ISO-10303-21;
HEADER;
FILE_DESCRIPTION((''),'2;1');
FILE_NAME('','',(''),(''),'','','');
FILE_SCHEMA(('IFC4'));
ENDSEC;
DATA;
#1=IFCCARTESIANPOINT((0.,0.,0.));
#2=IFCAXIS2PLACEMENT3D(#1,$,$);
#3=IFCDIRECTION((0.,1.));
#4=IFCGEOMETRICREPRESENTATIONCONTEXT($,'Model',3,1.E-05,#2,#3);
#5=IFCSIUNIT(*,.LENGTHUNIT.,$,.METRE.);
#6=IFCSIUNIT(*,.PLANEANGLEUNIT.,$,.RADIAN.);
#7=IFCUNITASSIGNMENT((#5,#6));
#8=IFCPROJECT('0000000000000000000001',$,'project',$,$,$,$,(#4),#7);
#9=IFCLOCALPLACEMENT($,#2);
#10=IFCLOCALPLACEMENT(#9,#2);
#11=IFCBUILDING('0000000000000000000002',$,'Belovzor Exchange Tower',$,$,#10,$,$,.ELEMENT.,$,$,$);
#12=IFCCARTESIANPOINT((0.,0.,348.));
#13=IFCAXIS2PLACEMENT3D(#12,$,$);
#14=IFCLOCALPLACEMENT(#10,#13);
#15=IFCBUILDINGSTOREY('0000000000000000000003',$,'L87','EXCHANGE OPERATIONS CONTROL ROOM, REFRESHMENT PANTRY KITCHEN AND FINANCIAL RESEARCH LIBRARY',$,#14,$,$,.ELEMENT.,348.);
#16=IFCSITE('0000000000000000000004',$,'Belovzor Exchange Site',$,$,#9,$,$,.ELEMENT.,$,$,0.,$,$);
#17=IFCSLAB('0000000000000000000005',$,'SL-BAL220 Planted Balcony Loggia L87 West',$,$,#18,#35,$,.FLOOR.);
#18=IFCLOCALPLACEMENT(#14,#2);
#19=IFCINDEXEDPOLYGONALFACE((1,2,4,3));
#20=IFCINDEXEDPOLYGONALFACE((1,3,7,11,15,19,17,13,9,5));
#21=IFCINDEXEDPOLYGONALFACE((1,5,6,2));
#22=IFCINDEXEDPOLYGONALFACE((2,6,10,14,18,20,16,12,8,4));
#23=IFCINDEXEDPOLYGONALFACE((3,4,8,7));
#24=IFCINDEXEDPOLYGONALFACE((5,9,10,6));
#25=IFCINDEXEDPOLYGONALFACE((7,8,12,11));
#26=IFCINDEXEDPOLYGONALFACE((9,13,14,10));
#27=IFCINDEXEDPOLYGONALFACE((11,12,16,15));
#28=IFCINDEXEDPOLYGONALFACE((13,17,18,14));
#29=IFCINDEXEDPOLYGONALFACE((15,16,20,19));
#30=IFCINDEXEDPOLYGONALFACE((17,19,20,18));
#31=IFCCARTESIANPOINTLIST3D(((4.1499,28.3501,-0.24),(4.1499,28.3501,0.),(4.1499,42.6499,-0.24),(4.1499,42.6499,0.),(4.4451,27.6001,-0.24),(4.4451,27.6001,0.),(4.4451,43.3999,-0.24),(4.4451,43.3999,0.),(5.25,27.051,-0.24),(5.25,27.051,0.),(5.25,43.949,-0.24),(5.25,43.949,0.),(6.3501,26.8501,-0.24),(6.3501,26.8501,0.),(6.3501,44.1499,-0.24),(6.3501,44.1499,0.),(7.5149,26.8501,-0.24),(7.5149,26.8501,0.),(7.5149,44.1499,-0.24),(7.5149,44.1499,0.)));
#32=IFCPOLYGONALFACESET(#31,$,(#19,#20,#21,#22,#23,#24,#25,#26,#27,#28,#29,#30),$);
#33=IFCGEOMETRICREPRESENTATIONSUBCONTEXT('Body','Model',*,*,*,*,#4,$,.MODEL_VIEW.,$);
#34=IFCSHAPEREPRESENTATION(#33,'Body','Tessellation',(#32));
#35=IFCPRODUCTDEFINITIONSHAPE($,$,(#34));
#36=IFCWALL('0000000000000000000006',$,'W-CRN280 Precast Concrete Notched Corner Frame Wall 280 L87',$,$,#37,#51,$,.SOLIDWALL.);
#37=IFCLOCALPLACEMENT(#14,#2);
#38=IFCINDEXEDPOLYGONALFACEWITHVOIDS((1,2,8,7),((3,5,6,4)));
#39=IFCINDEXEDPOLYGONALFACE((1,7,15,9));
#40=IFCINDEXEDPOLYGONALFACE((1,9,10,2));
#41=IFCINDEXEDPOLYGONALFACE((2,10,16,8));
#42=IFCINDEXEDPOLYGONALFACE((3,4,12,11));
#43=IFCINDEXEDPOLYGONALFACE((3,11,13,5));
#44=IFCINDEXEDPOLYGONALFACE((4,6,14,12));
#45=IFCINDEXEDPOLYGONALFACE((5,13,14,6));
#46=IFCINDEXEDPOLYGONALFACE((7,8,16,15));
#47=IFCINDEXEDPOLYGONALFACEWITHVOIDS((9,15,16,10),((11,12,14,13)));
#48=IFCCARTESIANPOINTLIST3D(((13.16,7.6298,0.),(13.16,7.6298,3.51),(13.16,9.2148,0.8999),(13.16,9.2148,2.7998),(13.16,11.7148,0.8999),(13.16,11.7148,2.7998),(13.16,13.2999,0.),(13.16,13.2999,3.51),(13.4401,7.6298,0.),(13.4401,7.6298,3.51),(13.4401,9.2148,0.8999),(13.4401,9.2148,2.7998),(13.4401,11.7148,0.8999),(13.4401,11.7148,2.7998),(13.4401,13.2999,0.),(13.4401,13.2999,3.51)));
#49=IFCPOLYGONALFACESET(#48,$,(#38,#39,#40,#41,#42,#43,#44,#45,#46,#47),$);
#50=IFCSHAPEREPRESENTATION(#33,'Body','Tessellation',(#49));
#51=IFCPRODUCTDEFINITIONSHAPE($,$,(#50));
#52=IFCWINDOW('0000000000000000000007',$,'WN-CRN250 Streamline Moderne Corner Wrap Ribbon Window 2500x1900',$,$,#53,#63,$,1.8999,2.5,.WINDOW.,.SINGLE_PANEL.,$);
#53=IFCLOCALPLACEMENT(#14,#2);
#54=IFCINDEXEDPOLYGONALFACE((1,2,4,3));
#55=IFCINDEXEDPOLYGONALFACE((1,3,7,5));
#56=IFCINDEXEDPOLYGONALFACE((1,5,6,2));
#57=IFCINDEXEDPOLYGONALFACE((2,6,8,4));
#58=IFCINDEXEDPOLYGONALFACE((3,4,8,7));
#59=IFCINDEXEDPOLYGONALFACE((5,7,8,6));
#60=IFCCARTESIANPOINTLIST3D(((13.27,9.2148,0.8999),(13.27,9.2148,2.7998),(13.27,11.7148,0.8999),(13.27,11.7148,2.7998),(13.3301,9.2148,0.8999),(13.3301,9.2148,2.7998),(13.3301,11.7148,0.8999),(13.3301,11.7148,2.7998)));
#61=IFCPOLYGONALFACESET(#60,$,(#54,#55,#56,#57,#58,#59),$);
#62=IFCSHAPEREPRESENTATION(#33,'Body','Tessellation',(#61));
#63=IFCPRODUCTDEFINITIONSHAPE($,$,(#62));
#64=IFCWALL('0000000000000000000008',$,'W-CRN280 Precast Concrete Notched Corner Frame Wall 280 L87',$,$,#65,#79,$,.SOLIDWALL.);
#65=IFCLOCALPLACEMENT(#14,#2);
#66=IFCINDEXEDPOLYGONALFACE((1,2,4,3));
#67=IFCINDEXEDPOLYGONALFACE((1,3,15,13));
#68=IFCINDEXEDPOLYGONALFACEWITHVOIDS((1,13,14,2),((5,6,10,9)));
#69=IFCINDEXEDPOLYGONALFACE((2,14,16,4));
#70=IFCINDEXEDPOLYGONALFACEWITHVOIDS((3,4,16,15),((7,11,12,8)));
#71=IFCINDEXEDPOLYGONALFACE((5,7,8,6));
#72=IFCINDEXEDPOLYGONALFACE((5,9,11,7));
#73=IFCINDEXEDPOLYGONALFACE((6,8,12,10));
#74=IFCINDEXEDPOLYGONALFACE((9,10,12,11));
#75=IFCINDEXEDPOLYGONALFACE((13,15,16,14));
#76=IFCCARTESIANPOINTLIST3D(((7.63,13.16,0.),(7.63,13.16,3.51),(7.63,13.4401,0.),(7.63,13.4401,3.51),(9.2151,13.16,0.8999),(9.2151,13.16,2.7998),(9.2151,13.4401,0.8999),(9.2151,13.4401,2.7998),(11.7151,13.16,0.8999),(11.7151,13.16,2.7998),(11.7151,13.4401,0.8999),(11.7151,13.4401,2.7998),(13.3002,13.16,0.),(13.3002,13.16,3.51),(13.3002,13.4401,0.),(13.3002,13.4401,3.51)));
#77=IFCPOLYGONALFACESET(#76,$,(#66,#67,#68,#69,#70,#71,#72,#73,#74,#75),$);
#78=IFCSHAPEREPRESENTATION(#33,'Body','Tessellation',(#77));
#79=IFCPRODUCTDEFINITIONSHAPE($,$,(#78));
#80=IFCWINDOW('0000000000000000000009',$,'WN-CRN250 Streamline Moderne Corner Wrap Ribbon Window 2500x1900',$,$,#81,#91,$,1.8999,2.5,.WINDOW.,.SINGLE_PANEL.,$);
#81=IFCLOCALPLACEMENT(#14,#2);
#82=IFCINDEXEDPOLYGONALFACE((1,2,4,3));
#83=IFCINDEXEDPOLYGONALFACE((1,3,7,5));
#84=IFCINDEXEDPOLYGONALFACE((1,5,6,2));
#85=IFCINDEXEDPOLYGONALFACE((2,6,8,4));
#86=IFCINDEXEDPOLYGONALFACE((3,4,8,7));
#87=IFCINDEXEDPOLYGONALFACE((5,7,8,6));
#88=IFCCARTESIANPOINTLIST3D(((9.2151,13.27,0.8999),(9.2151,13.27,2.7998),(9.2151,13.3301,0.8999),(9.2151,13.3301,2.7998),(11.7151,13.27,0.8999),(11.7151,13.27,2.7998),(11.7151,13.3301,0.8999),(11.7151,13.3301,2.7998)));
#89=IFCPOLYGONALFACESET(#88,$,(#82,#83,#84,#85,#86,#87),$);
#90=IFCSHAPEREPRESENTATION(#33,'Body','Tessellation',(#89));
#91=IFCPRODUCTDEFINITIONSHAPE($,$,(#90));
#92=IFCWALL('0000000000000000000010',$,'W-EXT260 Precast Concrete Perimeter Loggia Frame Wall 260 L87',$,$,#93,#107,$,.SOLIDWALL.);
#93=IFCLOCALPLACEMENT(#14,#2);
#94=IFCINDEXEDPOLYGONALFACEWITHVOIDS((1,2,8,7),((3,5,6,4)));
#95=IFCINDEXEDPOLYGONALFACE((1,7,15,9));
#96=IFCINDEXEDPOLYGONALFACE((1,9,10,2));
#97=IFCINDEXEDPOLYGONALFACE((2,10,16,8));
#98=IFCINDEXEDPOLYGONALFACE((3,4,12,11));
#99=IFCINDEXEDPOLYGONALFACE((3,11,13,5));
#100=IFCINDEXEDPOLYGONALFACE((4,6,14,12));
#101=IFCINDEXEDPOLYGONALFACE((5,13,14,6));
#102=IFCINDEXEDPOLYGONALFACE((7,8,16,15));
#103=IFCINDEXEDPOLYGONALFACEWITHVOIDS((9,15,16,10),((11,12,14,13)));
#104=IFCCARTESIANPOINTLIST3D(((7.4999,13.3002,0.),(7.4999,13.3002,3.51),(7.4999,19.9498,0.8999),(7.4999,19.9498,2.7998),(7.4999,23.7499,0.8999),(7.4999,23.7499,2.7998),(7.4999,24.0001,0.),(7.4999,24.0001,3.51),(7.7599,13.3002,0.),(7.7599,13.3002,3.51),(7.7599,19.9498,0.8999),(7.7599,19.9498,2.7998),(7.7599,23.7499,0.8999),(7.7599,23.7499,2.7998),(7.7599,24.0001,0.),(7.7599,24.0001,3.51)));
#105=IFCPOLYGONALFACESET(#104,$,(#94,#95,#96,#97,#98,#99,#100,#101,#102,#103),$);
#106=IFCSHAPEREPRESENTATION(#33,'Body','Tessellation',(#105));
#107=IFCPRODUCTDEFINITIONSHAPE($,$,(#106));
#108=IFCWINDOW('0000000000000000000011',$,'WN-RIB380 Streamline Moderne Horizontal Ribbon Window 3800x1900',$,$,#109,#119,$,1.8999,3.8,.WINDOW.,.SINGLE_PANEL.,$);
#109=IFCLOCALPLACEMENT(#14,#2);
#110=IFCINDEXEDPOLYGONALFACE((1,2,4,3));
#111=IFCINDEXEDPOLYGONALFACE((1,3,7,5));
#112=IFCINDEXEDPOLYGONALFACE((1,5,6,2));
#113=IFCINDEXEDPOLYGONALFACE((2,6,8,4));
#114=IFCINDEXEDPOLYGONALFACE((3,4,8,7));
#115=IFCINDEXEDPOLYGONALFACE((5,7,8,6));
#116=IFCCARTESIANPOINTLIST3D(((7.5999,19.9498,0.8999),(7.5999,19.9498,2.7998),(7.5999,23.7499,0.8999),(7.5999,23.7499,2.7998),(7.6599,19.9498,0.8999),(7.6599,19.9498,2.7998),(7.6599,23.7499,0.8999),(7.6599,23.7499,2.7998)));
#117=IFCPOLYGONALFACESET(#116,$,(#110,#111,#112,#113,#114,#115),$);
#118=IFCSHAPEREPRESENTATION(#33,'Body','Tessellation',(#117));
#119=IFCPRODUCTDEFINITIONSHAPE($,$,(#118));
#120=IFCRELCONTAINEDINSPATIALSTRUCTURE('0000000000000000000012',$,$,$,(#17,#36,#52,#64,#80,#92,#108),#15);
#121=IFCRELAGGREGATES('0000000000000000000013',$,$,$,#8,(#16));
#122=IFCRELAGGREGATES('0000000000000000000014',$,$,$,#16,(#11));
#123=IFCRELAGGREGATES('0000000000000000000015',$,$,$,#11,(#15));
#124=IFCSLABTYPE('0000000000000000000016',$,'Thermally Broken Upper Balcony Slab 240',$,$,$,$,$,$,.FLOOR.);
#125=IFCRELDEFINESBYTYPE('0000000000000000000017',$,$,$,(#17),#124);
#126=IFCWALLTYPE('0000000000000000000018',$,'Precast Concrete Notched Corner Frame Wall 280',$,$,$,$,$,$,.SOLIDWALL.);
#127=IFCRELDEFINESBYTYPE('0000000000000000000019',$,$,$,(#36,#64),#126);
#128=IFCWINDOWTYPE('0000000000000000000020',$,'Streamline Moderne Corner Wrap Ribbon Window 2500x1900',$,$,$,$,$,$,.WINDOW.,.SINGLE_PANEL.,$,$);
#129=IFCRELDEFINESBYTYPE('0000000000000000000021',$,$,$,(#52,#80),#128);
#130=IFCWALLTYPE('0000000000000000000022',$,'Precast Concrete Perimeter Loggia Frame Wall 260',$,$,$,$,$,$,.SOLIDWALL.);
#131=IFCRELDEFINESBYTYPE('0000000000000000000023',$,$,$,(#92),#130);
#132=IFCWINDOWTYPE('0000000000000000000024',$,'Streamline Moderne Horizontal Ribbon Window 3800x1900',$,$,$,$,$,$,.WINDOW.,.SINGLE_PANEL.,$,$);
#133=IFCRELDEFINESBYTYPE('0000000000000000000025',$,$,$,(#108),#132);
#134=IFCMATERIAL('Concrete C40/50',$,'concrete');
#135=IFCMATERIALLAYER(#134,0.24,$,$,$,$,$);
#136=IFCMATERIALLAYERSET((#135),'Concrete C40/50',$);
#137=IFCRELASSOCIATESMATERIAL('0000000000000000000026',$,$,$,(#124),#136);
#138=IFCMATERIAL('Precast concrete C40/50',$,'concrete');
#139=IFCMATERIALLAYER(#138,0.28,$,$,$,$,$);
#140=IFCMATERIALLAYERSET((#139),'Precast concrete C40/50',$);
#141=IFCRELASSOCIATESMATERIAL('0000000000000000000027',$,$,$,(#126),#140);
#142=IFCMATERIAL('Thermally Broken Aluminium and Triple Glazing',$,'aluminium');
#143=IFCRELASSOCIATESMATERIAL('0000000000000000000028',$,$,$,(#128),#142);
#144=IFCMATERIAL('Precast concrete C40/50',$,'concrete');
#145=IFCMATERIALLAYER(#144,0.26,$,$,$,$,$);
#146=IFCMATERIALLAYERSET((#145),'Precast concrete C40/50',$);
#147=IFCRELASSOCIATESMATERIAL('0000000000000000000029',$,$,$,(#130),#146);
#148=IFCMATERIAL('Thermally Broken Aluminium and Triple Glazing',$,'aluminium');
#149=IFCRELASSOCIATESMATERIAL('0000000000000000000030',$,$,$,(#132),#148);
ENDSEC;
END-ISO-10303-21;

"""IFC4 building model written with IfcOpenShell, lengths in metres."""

from ifc_helpers import new_model, si_unit, direction, frame, frame_2d, origin, place, context, subcontext, project, spatial, polyline, rectangle, outline, extrude, material, layer, layer_set, type_object, element, fill, save


model = new_model("IFC4")

# Units and contexts
model_context = context("Model", 3, precision=1e-05, world=origin(), true_north=direction((0.0, 1.0)))
body_context = subcontext(model_context, "Body", "Model", "MODEL_VIEW")
ifc_project = project(units=[si_unit("LENGTHUNIT", "METRE"), si_unit("PLANEANGLEUNIT", "RADIAN")], contexts=[model_context])

# Site, building, storey
site_placement = place(None, origin())
site = spatial("IfcSite", under=ifc_project, at=site_placement, Name="Belovzor Exchange Site", CompositionType="ELEMENT", RefElevation=0.0)
building_placement = place(site_placement, origin())
building = spatial("IfcBuilding", under=site, at=building_placement, Name="Belovzor Exchange Tower", CompositionType="ELEMENT")
storey_placement = place(building_placement, frame((0.0, 0.0, 348.0)))
storey = spatial("IfcBuildingStorey", under=building, at=storey_placement, Name="L87", Description="EXCHANGE OPERATIONS CONTROL ROOM, REFRESHMENT PANTRY KITCHEN AND FINANCIAL RESEARCH LIBRARY", CompositionType="ELEMENT", Elevation=348.0)

# Slab
ifc_material_1 = material(Name="Concrete C40/50", Category="concrete")
ifc_layer_1 = layer(ifc_material_1, 0.24)
ifc_layer_set_1 = layer_set([ifc_layer_1], Name="Concrete C40/50")
slab_type_1 = type_object("IfcSlabType", Name="Thermally Broken Upper Balcony Slab 240", PredefinedType="FLOOR", material=ifc_layer_set_1)
slab_1_placement = place(storey_placement, frame((0.0, 0.0, -0.24)))
element("IfcSlab", 1, at=slab_1_placement, inside=storey, type_object=slab_type_1, Name="SL-BAL220 Planted Balcony Loggia L87 West", PredefinedType="FLOOR", context=body_context, shape_type="SweptSolid", body=[
    extrude(outline(polyline([(7.5149, 44.1499), (6.3501, 44.1499), (5.25, 43.949), (4.4451, 43.3999), (4.1499, 42.6499), (4.1499, 28.3501), (4.4451, 27.6001), (5.25, 27.051), (6.3501, 26.8501), (7.5149, 26.8501), (7.5149, 44.1499)])), origin(), (0.0, 0.0, 1.0), 0.24),
])

# Walls, openings, windows
ifc_material_2 = material(Name="Precast concrete C40/50", Category="concrete")
ifc_layer_2 = layer(ifc_material_2, 0.28)
ifc_layer_set_2 = layer_set([ifc_layer_2], Name="Precast concrete C40/50")
wall_type_1 = type_object("IfcWallType", Name="Precast Concrete Notched Corner Frame Wall 280", PredefinedType="SOLIDWALL", material=ifc_layer_set_2)
wall_1_placement = place(storey_placement, frame((13.3, 7.6299, 0.0), z_axis=(0.0, 0.0, 1.0), x_axis=(0.0, 1.0, 0.0)))
wall_1 = element("IfcWall", 2, at=wall_1_placement, inside=storey, type_object=wall_type_1, Name="W-CRN280 Precast Concrete Notched Corner Frame Wall 280 L87", PredefinedType="SOLIDWALL", context=body_context, shape_type="SweptSolid", body=[
    extrude(rectangle(XDim=5.6702, YDim=0.28, at=frame_2d((2.835, 0.0))), origin(), (0.0, 0.0, 1.0), 3.51),
])
opening_1_placement = place(wall_1_placement, frame((1.585, 0.0, 0.8999)))
opening_1 = element("IfcOpeningElement", 3, at=opening_1_placement, cuts=wall_1, PredefinedType="OPENING", context=body_context, shape_type="SweptSolid", body=[
    extrude(rectangle(XDim=2.5, YDim=1.8999, at=frame_2d((1.25, 0.95))), frame((0.0, 0.1499, 0.0), z_axis=(0.0, -1.0, 0.0), x_axis=(1.0, 0.0, 0.0)), (0.0, 0.0, 1.0), 0.3),
])
ifc_material_3 = material(Name="Thermally Broken Aluminium and Triple Glazing", Category="aluminium")
window_type_1 = type_object("IfcWindowType", Name="Streamline Moderne Corner Wrap Ribbon Window 2500x1900", PartitioningType="SINGLE_PANEL", PredefinedType="WINDOW", material=ifc_material_3)
window_1_placement = place(opening_1_placement, origin())
window_1 = element("IfcWindow", 4, at=window_1_placement, inside=storey, type_object=window_type_1, Name="WN-CRN250 Streamline Moderne Corner Wrap Ribbon Window 2500x1900", OverallHeight=1.8999, OverallWidth=2.5, PartitioningType="SINGLE_PANEL", PredefinedType="WINDOW", context=body_context, shape_type="SweptSolid", body=[
    extrude(rectangle(XDim=2.5, YDim=1.8999, at=frame_2d((1.25, 0.95))), frame((0.0, 0.03, 0.0), z_axis=(0.0, -1.0, 0.0), x_axis=(1.0, 0.0, 0.0)), (0.0, 0.0, 1.0), 0.0601),
])
fill(opening_1, window_1)
wall_2_placement = place(storey_placement, frame((13.3, 13.3, 0.0), z_axis=(0.0, 0.0, 1.0), x_axis=(-1.0, 0.0, 0.0)))
wall_2 = element("IfcWall", 5, at=wall_2_placement, inside=storey, type_object=wall_type_1, Name="W-CRN280 Precast Concrete Notched Corner Frame Wall 280 L87", PredefinedType="SOLIDWALL", context=body_context, shape_type="SweptSolid", body=[
    extrude(rectangle(XDim=5.6702, YDim=0.28, at=frame_2d((2.835, 0.0))), origin(), (0.0, 0.0, 1.0), 3.51),
])
opening_2_placement = place(wall_2_placement, frame((1.585, 0.0, 0.8999)))
opening_2 = element("IfcOpeningElement", 6, at=opening_2_placement, cuts=wall_2, PredefinedType="OPENING", context=body_context, shape_type="SweptSolid", body=[
    extrude(rectangle(XDim=2.5, YDim=1.8999, at=frame_2d((1.25, 0.95))), frame((0.0, 0.1499, 0.0), z_axis=(0.0, -1.0, 0.0), x_axis=(1.0, 0.0, 0.0)), (0.0, 0.0, 1.0), 0.3),
])
window_2_placement = place(opening_2_placement, origin())
window_2 = element("IfcWindow", 7, at=window_2_placement, inside=storey, type_object=window_type_1, Name="WN-CRN250 Streamline Moderne Corner Wrap Ribbon Window 2500x1900", OverallHeight=1.8999, OverallWidth=2.5, PartitioningType="SINGLE_PANEL", PredefinedType="WINDOW", context=body_context, shape_type="SweptSolid", body=[
    extrude(rectangle(XDim=2.5, YDim=1.8999, at=frame_2d((1.25, 0.95))), frame((0.0, 0.03, 0.0), z_axis=(0.0, -1.0, 0.0), x_axis=(1.0, 0.0, 0.0)), (0.0, 0.0, 1.0), 0.0601),
])
fill(opening_2, window_2)
ifc_material_4 = material(Name="Precast concrete C40/50", Category="concrete")
ifc_layer_3 = layer(ifc_material_4, 0.26)
ifc_layer_set_3 = layer_set([ifc_layer_3], Name="Precast concrete C40/50")
wall_type_2 = type_object("IfcWallType", Name="Precast Concrete Perimeter Loggia Frame Wall 260", PredefinedType="SOLIDWALL", material=ifc_layer_set_3)
wall_3_placement = place(storey_placement, frame((7.6299, 13.3, 0.0), z_axis=(0.0, 0.0, 1.0), x_axis=(0.0, 1.0, 0.0)))
wall_3 = element("IfcWall", 8, at=wall_3_placement, inside=storey, type_object=wall_type_2, Name="W-EXT260 Precast Concrete Perimeter Loggia Frame Wall 260 L87", PredefinedType="SOLIDWALL", context=body_context, shape_type="SweptSolid", body=[
    extrude(rectangle(XDim=10.7, YDim=0.26, at=frame_2d((5.3501, 0.0))), origin(), (0.0, 0.0, 1.0), 3.51),
])
opening_3_placement = place(wall_3_placement, frame((6.6499, 0.0, 0.8999)))
opening_3 = element("IfcOpeningElement", 9, at=opening_3_placement, cuts=wall_3, PredefinedType="OPENING", context=body_context, shape_type="SweptSolid", body=[
    extrude(rectangle(XDim=3.8, YDim=1.8999, at=frame_2d((1.8999, 0.95))), frame((0.0, 0.1399, 0.0), z_axis=(0.0, -1.0, 0.0), x_axis=(1.0, 0.0, 0.0)), (0.0, 0.0, 1.0), 0.28),
])
ifc_material_5 = material(Name="Thermally Broken Aluminium and Triple Glazing", Category="aluminium")
window_type_2 = type_object("IfcWindowType", Name="Streamline Moderne Horizontal Ribbon Window 3800x1900", PartitioningType="SINGLE_PANEL", PredefinedType="WINDOW", material=ifc_material_5)
window_3_placement = place(opening_3_placement, origin())
window_3 = element("IfcWindow", 10, at=window_3_placement, inside=storey, type_object=window_type_2, Name="WN-RIB380 Streamline Moderne Horizontal Ribbon Window 3800x1900", OverallHeight=1.8999, OverallWidth=3.8, PartitioningType="SINGLE_PANEL", PredefinedType="WINDOW", context=body_context, shape_type="SweptSolid", body=[
    extrude(rectangle(XDim=3.8, YDim=1.8999, at=frame_2d((1.8999, 0.95))), frame((0.0, 0.03, 0.0), z_axis=(0.0, -1.0, 0.0), x_axis=(1.0, 0.0, 0.0)), (0.0, 0.0, 1.0), 0.0601),
])
fill(opening_3, window_3)

save(model, "model.ifc")
